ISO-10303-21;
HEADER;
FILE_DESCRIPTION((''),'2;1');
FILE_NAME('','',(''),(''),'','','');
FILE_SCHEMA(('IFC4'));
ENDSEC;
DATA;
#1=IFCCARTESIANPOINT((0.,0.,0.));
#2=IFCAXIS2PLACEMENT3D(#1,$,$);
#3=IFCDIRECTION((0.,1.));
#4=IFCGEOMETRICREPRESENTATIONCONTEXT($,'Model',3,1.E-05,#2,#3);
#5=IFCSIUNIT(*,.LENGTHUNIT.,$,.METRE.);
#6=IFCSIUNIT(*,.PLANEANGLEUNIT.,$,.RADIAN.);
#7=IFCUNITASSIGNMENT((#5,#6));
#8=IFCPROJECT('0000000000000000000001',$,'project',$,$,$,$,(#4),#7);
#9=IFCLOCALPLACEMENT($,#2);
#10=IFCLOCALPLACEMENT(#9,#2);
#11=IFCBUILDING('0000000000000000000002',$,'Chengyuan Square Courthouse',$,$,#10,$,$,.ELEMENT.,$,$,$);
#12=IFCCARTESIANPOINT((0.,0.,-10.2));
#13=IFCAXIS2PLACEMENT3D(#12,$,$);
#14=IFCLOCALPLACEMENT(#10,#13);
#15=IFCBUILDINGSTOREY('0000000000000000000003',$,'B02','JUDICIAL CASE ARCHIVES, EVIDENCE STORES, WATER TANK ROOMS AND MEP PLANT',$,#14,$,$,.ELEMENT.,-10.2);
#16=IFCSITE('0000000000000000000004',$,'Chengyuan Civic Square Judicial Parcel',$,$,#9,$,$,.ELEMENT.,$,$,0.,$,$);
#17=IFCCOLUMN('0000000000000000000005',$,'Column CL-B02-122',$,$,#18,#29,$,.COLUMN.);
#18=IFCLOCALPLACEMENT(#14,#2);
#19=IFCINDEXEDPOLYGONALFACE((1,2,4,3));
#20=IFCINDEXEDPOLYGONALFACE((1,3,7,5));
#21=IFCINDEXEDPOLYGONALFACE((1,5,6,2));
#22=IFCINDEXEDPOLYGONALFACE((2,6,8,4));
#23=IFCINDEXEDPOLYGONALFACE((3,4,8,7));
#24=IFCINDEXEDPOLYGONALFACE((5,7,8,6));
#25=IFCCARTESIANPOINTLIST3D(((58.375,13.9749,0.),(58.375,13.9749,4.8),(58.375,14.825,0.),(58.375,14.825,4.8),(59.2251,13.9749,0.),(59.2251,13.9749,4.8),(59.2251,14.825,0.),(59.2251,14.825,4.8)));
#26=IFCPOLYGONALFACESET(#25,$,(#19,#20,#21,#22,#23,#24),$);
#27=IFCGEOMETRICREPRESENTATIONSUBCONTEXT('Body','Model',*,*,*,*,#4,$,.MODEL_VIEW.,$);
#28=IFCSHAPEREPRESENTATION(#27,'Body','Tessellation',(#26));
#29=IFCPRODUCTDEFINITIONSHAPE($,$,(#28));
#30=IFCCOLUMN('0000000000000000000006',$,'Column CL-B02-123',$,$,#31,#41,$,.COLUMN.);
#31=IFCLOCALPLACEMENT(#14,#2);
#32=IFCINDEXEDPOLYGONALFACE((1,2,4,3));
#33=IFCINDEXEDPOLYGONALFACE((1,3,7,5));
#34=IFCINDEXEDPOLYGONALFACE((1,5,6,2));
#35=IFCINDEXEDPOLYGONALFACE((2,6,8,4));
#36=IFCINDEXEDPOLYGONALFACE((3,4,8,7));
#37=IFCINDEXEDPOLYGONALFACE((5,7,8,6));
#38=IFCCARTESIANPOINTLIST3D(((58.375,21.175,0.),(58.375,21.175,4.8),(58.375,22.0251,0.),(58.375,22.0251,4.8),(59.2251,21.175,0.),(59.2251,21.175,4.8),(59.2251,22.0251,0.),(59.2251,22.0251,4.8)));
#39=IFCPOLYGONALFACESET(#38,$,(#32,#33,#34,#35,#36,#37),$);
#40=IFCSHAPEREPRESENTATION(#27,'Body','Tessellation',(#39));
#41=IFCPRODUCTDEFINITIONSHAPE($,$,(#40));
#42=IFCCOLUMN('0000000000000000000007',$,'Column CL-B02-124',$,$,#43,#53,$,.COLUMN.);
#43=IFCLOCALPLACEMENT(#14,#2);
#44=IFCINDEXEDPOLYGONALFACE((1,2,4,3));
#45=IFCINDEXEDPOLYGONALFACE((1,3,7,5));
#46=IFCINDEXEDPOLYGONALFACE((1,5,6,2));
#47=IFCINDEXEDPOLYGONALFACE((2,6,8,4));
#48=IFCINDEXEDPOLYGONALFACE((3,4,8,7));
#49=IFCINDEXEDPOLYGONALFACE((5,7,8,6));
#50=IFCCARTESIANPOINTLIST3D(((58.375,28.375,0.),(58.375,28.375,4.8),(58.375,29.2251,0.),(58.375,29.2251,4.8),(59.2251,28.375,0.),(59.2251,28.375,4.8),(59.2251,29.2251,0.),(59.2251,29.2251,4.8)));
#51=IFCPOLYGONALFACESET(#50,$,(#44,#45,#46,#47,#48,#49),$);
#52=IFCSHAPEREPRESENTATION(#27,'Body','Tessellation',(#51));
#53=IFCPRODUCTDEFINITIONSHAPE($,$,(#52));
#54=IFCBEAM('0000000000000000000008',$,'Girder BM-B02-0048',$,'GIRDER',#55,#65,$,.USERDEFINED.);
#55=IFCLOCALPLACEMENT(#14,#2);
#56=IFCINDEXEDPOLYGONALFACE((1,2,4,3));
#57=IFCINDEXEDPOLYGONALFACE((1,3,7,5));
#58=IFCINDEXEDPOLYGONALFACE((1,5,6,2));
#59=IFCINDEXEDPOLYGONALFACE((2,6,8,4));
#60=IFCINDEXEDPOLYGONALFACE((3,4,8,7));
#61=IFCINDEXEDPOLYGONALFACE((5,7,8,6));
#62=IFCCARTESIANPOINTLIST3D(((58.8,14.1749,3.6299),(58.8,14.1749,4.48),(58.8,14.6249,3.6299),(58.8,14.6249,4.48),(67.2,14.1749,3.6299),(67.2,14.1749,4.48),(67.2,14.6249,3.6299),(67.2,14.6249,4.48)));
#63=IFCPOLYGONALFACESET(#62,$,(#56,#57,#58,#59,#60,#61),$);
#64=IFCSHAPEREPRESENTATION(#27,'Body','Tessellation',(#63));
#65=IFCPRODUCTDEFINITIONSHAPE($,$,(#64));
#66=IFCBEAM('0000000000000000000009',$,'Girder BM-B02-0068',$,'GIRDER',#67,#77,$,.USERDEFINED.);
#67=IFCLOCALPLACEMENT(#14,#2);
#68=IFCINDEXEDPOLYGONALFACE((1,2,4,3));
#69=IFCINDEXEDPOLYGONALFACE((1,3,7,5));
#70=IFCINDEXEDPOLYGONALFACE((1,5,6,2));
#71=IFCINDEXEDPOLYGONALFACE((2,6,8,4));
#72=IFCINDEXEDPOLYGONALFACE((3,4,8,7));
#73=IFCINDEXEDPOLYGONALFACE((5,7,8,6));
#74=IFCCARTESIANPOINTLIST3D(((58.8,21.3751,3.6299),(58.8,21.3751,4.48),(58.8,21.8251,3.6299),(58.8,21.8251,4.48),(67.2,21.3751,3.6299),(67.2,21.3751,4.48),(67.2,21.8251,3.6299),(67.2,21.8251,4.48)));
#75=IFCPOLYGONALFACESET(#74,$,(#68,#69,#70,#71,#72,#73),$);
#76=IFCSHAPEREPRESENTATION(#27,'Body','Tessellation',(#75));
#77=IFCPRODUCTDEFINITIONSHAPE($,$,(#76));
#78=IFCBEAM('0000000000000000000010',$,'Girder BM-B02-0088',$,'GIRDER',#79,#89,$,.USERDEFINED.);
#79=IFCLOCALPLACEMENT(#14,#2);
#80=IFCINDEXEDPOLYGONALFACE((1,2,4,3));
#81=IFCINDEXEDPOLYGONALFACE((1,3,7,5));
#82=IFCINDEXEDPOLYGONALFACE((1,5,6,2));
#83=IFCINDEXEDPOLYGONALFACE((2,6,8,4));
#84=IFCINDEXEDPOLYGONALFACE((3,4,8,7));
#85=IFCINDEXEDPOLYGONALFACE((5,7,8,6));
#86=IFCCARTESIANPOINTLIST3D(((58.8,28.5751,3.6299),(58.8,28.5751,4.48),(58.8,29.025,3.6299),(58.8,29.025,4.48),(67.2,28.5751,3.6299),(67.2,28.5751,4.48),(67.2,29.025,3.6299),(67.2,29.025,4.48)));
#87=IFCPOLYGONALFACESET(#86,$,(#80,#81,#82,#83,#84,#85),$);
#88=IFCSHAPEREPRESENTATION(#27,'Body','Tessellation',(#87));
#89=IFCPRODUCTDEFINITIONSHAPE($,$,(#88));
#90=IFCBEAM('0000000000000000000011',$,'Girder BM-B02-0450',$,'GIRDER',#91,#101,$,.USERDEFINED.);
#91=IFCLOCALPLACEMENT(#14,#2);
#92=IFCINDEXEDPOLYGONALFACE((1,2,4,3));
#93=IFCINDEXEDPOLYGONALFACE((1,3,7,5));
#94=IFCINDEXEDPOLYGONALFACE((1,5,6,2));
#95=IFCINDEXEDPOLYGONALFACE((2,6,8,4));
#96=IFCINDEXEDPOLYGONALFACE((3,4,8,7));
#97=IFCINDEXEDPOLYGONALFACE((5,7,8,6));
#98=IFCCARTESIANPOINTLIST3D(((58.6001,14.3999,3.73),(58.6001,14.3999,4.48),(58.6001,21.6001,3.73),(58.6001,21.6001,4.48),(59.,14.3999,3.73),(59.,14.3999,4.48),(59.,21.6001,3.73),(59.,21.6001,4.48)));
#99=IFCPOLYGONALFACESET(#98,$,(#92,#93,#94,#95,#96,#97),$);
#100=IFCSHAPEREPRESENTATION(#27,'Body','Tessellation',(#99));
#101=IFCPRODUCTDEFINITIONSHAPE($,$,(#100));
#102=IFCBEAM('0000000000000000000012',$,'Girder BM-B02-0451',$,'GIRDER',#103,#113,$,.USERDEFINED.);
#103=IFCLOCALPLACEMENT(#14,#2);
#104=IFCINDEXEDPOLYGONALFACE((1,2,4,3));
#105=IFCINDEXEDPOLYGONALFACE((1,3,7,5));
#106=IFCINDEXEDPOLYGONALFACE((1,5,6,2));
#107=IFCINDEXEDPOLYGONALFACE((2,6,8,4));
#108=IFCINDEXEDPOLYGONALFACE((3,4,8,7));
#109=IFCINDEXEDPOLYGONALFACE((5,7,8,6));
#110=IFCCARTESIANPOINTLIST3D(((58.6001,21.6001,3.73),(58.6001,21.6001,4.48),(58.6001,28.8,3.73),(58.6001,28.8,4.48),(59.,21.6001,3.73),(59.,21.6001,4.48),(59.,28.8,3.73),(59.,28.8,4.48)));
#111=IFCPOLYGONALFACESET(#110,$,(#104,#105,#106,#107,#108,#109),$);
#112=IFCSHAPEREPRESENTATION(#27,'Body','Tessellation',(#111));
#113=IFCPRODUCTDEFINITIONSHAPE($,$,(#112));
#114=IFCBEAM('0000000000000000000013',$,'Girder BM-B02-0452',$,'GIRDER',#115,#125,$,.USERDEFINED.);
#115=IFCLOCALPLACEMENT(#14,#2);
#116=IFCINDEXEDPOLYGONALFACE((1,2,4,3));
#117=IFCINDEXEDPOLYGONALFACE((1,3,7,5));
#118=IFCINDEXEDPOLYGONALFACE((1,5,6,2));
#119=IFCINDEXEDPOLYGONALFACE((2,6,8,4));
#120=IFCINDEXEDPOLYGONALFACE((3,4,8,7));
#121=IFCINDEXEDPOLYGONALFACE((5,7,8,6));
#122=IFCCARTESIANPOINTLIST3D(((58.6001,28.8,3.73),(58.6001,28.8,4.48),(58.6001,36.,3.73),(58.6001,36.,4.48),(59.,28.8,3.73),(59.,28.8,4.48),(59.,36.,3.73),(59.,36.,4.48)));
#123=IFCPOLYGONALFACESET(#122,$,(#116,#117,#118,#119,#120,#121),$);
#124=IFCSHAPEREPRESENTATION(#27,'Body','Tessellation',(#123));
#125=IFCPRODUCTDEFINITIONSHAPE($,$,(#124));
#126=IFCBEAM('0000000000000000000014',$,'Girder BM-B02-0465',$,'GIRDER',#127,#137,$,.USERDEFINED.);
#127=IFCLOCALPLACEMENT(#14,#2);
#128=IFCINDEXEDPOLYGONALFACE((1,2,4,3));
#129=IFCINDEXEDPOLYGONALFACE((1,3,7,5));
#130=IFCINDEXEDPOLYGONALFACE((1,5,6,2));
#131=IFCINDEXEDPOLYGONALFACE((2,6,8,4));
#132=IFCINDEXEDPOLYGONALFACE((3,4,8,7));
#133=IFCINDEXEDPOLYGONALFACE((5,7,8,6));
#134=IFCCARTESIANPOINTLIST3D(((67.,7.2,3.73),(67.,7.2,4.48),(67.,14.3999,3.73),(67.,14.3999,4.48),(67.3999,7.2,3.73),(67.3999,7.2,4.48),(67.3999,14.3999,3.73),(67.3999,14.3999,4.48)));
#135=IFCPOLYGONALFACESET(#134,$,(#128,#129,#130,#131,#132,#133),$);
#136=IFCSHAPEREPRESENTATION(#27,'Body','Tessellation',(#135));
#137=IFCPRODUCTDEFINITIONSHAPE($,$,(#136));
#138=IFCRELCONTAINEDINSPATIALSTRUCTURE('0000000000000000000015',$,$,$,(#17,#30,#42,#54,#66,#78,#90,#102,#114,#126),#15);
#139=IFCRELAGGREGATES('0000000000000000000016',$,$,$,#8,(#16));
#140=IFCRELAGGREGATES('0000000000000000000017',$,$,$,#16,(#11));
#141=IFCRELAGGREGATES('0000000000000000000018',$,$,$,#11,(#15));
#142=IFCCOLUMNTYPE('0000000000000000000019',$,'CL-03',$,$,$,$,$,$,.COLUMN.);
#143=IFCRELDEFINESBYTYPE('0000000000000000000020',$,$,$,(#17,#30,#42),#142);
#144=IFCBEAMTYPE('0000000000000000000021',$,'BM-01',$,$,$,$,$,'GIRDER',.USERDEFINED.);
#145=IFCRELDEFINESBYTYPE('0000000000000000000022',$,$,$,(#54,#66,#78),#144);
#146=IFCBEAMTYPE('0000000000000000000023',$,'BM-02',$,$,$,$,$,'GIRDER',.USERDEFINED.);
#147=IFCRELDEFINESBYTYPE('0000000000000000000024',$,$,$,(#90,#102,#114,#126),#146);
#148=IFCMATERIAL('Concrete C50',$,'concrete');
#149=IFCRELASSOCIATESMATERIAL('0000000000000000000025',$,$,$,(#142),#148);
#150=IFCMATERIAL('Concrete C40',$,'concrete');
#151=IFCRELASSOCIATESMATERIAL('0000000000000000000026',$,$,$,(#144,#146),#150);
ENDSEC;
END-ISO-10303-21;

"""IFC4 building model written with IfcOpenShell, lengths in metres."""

from ifc_helpers import new_model, si_unit, direction, frame, origin, origin_2d, place, context, subcontext, project, spatial, rectangle, extrude, material, material_profile, profile_set, type_object, element, save


model = new_model("IFC4")

# Units and contexts
model_context = context("Model", 3, precision=1e-05, world=origin(), true_north=direction((0.0, 1.0)))
body_context = subcontext(model_context, "Body", "Model", "MODEL_VIEW")
ifc_project = project(units=[si_unit("LENGTHUNIT", "METRE"), si_unit("PLANEANGLEUNIT", "RADIAN")], contexts=[model_context])

# Site, building, storey
site_placement = place(None, origin())
site = spatial("IfcSite", under=ifc_project, at=site_placement, Name="Chengyuan Civic Square Judicial Parcel", CompositionType="ELEMENT", RefElevation=0.0)
building_placement = place(site_placement, origin())
building = spatial("IfcBuilding", under=site, at=building_placement, Name="Chengyuan Square Courthouse", CompositionType="ELEMENT")
storey_placement = place(building_placement, frame((0.0, 0.0, -10.2)))
storey = spatial("IfcBuildingStorey", under=building, at=storey_placement, Name="B02", Description="JUDICIAL CASE ARCHIVES, EVIDENCE STORES, WATER TANK ROOMS AND MEP PLANT", CompositionType="ELEMENT", Elevation=-10.2)

# Shared definitions
ifc_material_1 = material(Name="Concrete C40", Category="concrete")

# Columns
ifc_material_2 = material(Name="Concrete C50", Category="concrete")
ifc_material_profile_1 = material_profile(ifc_material_2, rectangle(XDim=0.8501, YDim=0.8501, at=origin_2d()), Name="RC-COL-850x850")
ifc_profile_set_1 = profile_set([ifc_material_profile_1], Name="Concrete C50")
column_type = type_object("IfcColumnType", Name="CL-03", PredefinedType="COLUMN", material=ifc_profile_set_1)
for number, where, z_axis, x_axis, name in (
    (1, (58.8, 14.3999, 0.0), (0.0, 0.0, 1.0), (1.0, 0.0, 0.0), "Column CL-B02-122"),
    (2, (58.8, 21.6001, 0.0), (0.0, 0.0, 1.0), (1.0, 0.0, 0.0), "Column CL-B02-123"),
    (3, (58.8, 28.8, 0.0), (0.0, 0.0, 1.0), (1.0, 0.0, 0.0), "Column CL-B02-124"),
):
    element("IfcColumn", number, at=place(storey_placement, frame(where, z_axis=z_axis, x_axis=x_axis)), inside=storey, type_object=column_type, Name=name, PredefinedType="COLUMN", context=body_context, shape_type="SweptSolid", body=[
        extrude(rectangle(XDim=0.8501, YDim=0.8501, at=origin_2d()), origin(), (0.0, 0.0, 1.0), 4.8),
    ])

# Beams
ifc_material_profile_2 = material_profile(ifc_material_1, rectangle(XDim=0.45, YDim=0.8501, at=origin_2d()), Name="RC-BM-450x850")
ifc_profile_set_2 = profile_set([ifc_material_profile_2], Name="Concrete C40")
beam_type_1 = type_object("IfcBeamType", Name="BM-01", ElementType="GIRDER", PredefinedType="USERDEFINED", material=ifc_profile_set_2)
for number, where, z_axis, x_axis, name in (
    (4, (58.8, 14.3999, 4.0549), (1.0, 0.0, 0.0), (0.0, 1.0, 0.0), "Girder BM-B02-0048"),
    (5, (58.8, 21.6001, 4.0549), (1.0, 0.0, 0.0), (0.0, 1.0, 0.0), "Girder BM-B02-0068"),
    (6, (58.8, 28.8, 4.0549), (1.0, 0.0, 0.0), (0.0, 1.0, 0.0), "Girder BM-B02-0088"),
):
    element("IfcBeam", number, at=place(storey_placement, frame(where, z_axis=z_axis, x_axis=x_axis)), inside=storey, type_object=beam_type_1, Name=name, ObjectType="GIRDER", PredefinedType="USERDEFINED", context=body_context, shape_type="SweptSolid", body=[
        extrude(rectangle(XDim=0.45, YDim=0.8501, at=origin_2d()), origin(), (0.0, 0.0, 1.0), 8.3999),
    ])
ifc_material_profile_3 = material_profile(ifc_material_1, rectangle(XDim=0.3999, YDim=0.75, at=origin_2d()), Name="RC-BM-400x750")
ifc_profile_set_3 = profile_set([ifc_material_profile_3], Name="Concrete C40")
beam_type_2 = type_object("IfcBeamType", Name="BM-02", ElementType="GIRDER", PredefinedType="USERDEFINED", material=ifc_profile_set_3)
beam_placement = place(storey_placement, frame((58.8, 14.3999, 4.105), z_axis=(0.0, 1.0, 0.0), x_axis=(-1.0, 0.0, 0.0)))
element("IfcBeam", 7, at=beam_placement, inside=storey, type_object=beam_type_2, Name="Girder BM-B02-0450", ObjectType="GIRDER", PredefinedType="USERDEFINED", context=body_context, shape_type="SweptSolid", body=[
    extrude(rectangle(XDim=0.3999, YDim=0.75, at=origin_2d()), origin(), (0.0, 0.0, 1.0), 7.2002),
])
for number, where, z_axis, x_axis, name in (
    (8, (58.8, 21.6001, 4.105), (0.0, 1.0, 0.0), (-1.0, 0.0, 0.0), "Girder BM-B02-0451"),
    (9, (58.8, 28.8, 4.105), (0.0, 1.0, 0.0), (-1.0, 0.0, 0.0), "Girder BM-B02-0452"),
    (10, (67.2, 7.2, 4.105), (0.0, 1.0, 0.0), (-1.0, 0.0, 0.0), "Girder BM-B02-0465"),
):
    element("IfcBeam", number, at=place(storey_placement, frame(where, z_axis=z_axis, x_axis=x_axis)), inside=storey, type_object=beam_type_2, Name=name, ObjectType="GIRDER", PredefinedType="USERDEFINED", context=body_context, shape_type="SweptSolid", body=[
        extrude(rectangle(XDim=0.3999, YDim=0.75, at=origin_2d()), origin(), (0.0, 0.0, 1.0), 7.2),
    ])

save(model, "model.ifc")
